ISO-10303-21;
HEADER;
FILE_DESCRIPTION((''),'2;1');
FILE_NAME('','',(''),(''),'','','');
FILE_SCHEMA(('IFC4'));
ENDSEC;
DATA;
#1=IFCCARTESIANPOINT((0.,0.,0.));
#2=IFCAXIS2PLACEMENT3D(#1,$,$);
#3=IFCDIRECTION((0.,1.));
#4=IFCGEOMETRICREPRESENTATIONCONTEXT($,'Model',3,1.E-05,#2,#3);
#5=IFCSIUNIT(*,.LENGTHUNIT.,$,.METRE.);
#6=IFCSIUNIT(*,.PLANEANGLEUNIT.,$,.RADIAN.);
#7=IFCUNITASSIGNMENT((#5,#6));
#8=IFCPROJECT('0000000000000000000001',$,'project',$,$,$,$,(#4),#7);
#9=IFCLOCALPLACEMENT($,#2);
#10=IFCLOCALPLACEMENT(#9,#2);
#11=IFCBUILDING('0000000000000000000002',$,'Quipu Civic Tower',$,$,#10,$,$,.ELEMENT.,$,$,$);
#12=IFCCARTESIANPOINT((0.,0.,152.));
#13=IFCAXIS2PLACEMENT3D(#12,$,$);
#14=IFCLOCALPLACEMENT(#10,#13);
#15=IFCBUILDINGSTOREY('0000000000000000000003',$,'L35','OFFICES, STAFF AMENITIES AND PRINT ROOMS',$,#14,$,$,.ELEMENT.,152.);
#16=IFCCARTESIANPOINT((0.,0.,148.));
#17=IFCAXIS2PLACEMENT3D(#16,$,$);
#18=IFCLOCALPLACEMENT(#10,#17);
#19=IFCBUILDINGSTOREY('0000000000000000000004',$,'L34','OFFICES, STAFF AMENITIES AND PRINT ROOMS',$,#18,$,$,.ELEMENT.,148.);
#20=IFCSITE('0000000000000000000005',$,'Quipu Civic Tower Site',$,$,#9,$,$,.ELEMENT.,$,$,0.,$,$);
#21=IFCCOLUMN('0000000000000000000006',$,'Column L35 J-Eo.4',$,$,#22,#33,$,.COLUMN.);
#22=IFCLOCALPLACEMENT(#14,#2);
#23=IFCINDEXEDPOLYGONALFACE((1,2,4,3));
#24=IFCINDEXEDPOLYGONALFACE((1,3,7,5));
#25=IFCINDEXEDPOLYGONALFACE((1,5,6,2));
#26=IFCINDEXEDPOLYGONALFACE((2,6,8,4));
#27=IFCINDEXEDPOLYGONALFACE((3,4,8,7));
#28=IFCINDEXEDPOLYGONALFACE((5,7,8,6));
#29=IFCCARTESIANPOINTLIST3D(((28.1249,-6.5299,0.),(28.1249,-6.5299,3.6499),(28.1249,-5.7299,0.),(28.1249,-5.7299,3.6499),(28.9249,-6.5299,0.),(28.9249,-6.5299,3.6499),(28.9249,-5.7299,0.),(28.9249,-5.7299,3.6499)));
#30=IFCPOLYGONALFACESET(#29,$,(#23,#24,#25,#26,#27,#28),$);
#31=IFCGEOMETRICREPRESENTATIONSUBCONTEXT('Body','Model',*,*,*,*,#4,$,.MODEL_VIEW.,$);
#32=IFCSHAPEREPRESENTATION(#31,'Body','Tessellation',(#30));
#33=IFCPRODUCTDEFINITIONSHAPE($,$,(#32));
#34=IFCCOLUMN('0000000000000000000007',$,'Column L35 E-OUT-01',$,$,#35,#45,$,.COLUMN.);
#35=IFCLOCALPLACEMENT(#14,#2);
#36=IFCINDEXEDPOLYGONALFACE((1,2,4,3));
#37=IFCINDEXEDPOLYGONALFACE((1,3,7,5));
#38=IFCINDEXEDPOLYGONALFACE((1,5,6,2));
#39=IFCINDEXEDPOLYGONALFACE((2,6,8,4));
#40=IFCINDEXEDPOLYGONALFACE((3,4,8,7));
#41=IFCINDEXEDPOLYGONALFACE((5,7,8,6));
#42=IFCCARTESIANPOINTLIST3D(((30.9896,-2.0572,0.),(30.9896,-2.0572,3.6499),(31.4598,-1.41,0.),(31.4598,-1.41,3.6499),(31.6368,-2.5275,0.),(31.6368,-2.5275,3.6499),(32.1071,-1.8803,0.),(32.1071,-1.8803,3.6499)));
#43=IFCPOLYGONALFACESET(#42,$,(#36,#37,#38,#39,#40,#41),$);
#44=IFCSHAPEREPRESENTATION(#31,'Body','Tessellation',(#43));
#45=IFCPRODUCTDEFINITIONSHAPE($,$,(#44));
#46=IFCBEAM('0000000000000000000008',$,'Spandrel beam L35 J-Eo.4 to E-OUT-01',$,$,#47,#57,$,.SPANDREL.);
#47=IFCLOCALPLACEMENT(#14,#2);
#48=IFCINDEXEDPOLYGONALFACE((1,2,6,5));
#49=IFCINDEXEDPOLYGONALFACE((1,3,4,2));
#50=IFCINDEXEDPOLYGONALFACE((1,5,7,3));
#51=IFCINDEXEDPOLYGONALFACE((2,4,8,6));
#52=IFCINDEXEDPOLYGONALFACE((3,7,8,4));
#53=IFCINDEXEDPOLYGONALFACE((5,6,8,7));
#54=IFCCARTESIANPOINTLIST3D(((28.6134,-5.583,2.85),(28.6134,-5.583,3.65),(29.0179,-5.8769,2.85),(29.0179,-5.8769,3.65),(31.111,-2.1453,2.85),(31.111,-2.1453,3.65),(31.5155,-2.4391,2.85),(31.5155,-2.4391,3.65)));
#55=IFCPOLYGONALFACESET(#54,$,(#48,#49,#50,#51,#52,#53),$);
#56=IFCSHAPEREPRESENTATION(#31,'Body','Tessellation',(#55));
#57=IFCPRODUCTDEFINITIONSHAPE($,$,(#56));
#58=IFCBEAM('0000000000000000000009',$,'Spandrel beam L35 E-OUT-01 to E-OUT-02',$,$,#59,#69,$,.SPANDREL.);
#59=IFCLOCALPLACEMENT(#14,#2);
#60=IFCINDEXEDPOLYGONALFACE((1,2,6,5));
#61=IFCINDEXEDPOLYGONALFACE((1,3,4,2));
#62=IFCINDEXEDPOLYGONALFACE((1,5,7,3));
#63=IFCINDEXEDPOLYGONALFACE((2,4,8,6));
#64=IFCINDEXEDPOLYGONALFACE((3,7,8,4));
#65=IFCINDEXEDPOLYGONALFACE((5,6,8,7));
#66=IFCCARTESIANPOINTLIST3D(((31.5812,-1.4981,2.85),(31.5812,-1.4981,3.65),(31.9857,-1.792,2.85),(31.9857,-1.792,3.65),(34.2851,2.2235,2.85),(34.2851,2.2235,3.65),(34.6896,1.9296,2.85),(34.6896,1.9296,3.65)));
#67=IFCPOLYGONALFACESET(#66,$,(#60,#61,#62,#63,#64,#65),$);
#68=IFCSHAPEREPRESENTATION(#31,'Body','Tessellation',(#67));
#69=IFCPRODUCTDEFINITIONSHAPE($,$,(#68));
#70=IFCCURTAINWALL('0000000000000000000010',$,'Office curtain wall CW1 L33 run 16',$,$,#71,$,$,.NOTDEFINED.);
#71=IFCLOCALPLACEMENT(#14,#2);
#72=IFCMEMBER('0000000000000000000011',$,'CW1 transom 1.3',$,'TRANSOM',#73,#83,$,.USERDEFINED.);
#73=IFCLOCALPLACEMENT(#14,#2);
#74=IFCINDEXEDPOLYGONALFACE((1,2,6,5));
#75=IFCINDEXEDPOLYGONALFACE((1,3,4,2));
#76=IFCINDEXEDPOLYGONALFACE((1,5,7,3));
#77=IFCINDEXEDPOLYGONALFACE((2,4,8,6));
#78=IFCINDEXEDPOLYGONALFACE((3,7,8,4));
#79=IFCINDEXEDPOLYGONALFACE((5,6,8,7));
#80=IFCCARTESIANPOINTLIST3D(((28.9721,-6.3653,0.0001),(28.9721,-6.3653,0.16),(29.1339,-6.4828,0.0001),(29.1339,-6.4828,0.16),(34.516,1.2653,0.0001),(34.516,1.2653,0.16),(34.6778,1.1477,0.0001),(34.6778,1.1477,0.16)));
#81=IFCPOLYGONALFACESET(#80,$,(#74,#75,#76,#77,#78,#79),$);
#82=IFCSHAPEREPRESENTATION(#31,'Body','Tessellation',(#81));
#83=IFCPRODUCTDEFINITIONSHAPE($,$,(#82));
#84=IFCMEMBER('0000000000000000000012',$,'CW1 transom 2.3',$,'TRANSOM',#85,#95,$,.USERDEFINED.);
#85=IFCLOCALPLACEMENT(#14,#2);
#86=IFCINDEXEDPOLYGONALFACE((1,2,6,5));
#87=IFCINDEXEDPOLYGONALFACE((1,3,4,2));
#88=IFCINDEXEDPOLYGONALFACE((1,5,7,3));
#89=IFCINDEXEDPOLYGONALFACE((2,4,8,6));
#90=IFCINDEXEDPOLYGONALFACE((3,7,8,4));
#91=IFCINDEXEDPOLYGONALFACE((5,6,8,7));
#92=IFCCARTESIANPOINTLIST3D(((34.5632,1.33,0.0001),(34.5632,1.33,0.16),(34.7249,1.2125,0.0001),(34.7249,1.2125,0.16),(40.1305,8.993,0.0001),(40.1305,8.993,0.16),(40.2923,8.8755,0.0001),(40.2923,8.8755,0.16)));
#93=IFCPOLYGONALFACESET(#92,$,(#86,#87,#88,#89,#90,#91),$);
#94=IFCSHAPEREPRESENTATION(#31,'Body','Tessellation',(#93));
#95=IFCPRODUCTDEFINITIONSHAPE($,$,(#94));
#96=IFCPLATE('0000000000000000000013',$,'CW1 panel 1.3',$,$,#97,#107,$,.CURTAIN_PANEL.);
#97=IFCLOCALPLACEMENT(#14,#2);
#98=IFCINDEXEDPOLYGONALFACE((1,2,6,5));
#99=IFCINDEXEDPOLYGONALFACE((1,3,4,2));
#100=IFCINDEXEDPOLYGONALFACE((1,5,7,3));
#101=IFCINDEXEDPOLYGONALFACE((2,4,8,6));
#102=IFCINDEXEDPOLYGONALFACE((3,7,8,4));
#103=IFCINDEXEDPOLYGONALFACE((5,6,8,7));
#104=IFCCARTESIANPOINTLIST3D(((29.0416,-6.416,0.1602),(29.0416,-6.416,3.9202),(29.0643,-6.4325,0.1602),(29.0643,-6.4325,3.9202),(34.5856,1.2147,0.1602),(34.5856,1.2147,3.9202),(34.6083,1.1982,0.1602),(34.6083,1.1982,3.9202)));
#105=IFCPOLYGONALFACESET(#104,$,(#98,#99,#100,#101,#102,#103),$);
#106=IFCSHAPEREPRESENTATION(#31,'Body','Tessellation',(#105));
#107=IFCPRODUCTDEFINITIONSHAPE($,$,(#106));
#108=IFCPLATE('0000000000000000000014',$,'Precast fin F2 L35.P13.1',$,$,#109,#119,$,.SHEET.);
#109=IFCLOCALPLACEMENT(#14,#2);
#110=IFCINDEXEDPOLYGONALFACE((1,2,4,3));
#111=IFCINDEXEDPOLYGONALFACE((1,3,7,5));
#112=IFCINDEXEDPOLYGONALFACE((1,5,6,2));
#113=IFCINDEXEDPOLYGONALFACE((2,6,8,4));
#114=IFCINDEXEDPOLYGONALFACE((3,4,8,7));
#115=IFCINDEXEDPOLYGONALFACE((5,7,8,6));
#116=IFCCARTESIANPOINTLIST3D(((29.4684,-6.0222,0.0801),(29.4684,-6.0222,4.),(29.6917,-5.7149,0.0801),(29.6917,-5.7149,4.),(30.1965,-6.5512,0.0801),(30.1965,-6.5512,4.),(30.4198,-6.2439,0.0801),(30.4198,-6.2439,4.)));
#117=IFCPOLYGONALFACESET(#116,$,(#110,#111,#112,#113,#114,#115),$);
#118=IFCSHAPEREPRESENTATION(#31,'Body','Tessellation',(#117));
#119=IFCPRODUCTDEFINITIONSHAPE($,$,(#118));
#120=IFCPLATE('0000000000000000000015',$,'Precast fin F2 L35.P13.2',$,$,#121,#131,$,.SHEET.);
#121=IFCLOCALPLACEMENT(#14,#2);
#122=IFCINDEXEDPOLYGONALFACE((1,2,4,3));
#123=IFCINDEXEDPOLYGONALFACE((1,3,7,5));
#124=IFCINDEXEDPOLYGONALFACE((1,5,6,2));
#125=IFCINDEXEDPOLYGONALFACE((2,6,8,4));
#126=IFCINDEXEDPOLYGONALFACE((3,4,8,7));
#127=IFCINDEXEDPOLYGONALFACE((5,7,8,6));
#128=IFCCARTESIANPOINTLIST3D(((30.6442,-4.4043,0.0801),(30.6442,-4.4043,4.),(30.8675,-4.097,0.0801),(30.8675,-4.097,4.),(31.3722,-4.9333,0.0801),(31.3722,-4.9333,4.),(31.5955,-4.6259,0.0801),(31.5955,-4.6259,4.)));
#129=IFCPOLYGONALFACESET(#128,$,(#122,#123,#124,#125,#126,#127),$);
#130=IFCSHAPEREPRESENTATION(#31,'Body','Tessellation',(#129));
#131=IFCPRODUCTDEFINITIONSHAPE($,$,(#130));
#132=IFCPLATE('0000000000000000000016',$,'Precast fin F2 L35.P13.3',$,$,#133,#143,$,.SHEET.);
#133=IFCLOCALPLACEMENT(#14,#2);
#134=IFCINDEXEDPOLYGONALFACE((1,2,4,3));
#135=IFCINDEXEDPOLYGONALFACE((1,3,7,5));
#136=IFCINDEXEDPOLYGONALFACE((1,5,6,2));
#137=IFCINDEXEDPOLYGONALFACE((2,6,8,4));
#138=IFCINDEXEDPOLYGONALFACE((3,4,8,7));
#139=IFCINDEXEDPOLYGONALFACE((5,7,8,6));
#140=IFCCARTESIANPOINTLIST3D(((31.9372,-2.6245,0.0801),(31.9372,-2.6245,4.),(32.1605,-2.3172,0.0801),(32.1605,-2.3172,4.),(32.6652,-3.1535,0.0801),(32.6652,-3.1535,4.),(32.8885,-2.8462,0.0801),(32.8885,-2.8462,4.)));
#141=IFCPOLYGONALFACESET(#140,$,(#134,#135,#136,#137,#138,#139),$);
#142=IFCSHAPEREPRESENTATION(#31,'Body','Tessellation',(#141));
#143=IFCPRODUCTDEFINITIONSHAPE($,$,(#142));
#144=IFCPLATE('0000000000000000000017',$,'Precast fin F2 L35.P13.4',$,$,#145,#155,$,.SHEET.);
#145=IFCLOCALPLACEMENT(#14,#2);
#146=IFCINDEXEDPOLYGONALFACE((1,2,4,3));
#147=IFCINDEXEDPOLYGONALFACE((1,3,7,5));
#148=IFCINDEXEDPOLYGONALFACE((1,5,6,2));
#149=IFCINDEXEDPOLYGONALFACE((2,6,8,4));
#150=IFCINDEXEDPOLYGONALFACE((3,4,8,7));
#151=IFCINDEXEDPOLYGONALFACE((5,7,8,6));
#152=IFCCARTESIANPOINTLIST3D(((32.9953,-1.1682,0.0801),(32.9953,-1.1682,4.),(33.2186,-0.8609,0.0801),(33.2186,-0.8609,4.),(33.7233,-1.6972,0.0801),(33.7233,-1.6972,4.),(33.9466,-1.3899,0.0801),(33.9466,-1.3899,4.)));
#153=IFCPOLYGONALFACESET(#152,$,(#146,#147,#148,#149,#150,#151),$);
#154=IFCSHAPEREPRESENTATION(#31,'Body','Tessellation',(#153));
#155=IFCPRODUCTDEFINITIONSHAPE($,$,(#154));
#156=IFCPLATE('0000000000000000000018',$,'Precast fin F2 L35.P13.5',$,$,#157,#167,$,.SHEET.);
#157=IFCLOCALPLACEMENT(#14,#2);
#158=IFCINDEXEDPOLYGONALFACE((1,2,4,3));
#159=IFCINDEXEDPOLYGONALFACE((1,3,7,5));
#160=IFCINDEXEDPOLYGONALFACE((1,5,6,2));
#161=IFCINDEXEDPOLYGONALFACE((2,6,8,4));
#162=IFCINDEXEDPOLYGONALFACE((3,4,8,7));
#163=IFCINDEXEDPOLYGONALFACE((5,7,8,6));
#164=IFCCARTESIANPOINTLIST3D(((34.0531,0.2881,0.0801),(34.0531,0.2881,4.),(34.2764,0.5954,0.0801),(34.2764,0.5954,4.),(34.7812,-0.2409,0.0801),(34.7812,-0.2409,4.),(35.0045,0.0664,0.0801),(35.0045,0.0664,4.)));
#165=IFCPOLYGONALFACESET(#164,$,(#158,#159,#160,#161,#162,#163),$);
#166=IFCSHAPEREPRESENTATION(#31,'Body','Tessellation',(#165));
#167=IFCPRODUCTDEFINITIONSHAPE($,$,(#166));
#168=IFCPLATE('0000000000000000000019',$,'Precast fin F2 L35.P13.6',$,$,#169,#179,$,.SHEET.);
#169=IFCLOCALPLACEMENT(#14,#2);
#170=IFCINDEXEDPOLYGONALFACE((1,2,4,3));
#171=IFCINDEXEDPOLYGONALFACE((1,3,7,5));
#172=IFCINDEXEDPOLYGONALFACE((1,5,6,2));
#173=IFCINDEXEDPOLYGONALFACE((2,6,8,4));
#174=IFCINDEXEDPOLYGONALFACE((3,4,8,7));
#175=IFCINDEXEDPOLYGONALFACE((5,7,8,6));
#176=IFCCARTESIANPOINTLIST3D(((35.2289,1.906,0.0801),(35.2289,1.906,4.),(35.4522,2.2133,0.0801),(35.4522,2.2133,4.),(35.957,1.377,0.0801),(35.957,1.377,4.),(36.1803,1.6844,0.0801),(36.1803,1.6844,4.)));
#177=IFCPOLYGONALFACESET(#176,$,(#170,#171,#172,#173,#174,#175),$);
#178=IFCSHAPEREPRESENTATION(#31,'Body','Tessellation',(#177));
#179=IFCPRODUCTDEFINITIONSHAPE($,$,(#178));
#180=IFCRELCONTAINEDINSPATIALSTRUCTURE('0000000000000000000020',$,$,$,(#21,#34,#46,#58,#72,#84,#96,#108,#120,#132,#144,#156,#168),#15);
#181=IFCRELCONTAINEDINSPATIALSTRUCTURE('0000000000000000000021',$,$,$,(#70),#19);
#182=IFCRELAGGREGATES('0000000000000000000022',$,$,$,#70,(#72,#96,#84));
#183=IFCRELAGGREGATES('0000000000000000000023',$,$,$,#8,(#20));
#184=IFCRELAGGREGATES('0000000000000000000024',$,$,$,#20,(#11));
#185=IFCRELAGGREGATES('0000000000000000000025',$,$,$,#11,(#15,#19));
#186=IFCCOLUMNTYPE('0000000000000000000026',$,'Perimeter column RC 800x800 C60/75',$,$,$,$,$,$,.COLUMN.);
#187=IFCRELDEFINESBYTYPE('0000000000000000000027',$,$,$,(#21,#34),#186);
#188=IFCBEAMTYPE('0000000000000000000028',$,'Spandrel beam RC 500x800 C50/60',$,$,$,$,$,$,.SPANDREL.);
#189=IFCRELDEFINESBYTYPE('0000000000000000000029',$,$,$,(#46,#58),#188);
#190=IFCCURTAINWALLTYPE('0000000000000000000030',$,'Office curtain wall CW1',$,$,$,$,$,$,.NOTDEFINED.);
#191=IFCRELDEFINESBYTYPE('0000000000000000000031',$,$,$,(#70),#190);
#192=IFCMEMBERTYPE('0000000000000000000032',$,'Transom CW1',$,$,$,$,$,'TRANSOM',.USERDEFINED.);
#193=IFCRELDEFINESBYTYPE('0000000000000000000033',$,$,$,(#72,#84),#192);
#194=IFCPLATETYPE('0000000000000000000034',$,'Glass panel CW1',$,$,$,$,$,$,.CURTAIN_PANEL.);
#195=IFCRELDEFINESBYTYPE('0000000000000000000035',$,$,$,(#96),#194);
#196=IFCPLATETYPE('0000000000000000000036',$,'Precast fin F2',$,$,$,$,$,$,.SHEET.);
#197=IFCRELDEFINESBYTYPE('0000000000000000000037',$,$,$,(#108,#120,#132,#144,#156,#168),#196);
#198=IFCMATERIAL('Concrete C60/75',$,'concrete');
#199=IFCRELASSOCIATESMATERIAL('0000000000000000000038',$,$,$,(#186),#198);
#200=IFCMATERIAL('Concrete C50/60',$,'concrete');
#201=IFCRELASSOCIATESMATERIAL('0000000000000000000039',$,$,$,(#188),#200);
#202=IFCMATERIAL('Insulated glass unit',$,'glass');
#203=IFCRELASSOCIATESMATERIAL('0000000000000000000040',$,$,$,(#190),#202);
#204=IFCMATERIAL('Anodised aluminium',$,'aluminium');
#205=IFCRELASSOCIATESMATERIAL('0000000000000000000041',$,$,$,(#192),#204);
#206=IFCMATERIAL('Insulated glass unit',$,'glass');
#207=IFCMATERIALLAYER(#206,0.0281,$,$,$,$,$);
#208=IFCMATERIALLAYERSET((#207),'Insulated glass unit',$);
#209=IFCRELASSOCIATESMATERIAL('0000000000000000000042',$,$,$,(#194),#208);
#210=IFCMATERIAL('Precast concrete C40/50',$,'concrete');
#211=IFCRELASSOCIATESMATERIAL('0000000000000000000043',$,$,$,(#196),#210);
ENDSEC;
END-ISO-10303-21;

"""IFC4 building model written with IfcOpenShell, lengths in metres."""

from ifc_helpers import new_model, si_unit, direction, frame, origin, origin_2d, place, context, subcontext, project, spatial, rectangle, extrude, material, layer, layer_set, material_profile, profile_set, type_object, element, aggregate, save


model = new_model("IFC4")

# Units and contexts
model_context = context("Model", 3, precision=1e-05, world=origin(), true_north=direction((0.0, 1.0)))
body_context = subcontext(model_context, "Body", "Model", "MODEL_VIEW")
ifc_project = project(units=[si_unit("LENGTHUNIT", "METRE"), si_unit("PLANEANGLEUNIT", "RADIAN")], contexts=[model_context])

# Site, building, storey
site_placement = place(None, origin())
site = spatial("IfcSite", under=ifc_project, at=site_placement, Name="Quipu Civic Tower Site", CompositionType="ELEMENT", RefElevation=0.0)
building_placement = place(site_placement, origin())
building = spatial("IfcBuilding", under=site, at=building_placement, Name="Quipu Civic Tower", CompositionType="ELEMENT")
storey_1_placement = place(building_placement, frame((0.0, 0.0, 152.0)))
storey_1 = spatial("IfcBuildingStorey", under=building, at=storey_1_placement, Name="L35", Description="OFFICES, STAFF AMENITIES AND PRINT ROOMS", CompositionType="ELEMENT", Elevation=152.0)

# Columns
ifc_material_1 = material(Name="Concrete C60/75", Category="concrete")
ifc_material_profile_1 = material_profile(ifc_material_1, rectangle(XDim=0.8, YDim=0.8, at=origin_2d()), Name="RC800x800")
ifc_profile_set_1 = profile_set([ifc_material_profile_1], Name="Concrete C60/75")
column_type = type_object("IfcColumnType", Name="Perimeter column RC 800x800 C60/75", PredefinedType="COLUMN", material=ifc_profile_set_1)
for number, where, z_axis, x_axis, name in (
    (1, (28.5249, -6.1299, 0.0), (0.0, 0.0, 1.0), (1.0, 0.0, 0.0), "Column L35 J-Eo.4"),
    (2, (31.5483, -1.9688, 0.0), (0.0, 0.0, 1.0), (0.587785, 0.809017, 0.0), "Column L35 E-OUT-01"),
):
    element("IfcColumn", number, at=place(storey_1_placement, frame(where, z_axis=z_axis, x_axis=x_axis)), inside=storey_1, type_object=column_type, Name=name, PredefinedType="COLUMN", context=body_context, shape_type="SweptSolid", body=[
        extrude(rectangle(XDim=0.8, YDim=0.8, at=origin_2d()), origin(), (0.0, 0.0, 1.0), 3.6499),
    ])

# Beams
ifc_material_2 = material(Name="Concrete C50/60", Category="concrete")
ifc_material_profile_2 = material_profile(ifc_material_2, rectangle(XDim=0.5, YDim=0.8, at=origin_2d()), Name="RC500x800")
ifc_profile_set_2 = profile_set([ifc_material_profile_2], Name="Concrete C50/60")
beam_type = type_object("IfcBeamType", Name="Spandrel beam RC 500x800 C50/60", PredefinedType="SPANDREL", material=ifc_profile_set_2)
beam_1_placement = place(storey_1_placement, frame((28.8157, -5.73, 3.25), z_axis=(0.587769, 0.809029, 0.0), x_axis=(-0.809029, 0.587769, 0.0)))
element("IfcBeam", 3, at=beam_1_placement, inside=storey_1, type_object=beam_type, Name="Spandrel beam L35 J-Eo.4 to E-OUT-01", PredefinedType="SPANDREL", context=body_context, shape_type="SweptSolid", body=[
    extrude(rectangle(XDim=0.5, YDim=0.8, at=origin_2d()), origin(), (0.0, 0.0, 1.0), 4.2493),
])
beam_2_placement = place(storey_1_placement, frame((31.7834, -1.645, 3.25), z_axis=(0.587796, 0.809009, 0.0), x_axis=(-0.809009, 0.587796, 0.0)))
element("IfcBeam", 4, at=beam_2_placement, inside=storey_1, type_object=beam_type, Name="Spandrel beam L35 E-OUT-01 to E-OUT-02", PredefinedType="SPANDREL", context=body_context, shape_type="SweptSolid", body=[
    extrude(rectangle(XDim=0.5, YDim=0.8, at=origin_2d()), origin(), (0.0, 0.0, 1.0), 4.6001),
])

# Shared definitions
storey_2_placement = place(building_placement, frame((0.0, 0.0, 148.0)))
storey_2 = spatial("IfcBuildingStorey", under=building, at=storey_2_placement, Name="L34", Description="OFFICES, STAFF AMENITIES AND PRINT ROOMS", CompositionType="ELEMENT", Elevation=148.0)

# Curtain wall, members, plate
ifc_material_3 = material(Name="Insulated glass unit", Category="glass")
curtain_wall_type = type_object("IfcCurtainWallType", Name="Office curtain wall CW1", PredefinedType="NOTDEFINED", material=ifc_material_3)
curtain_wall_placement = place(storey_2_placement, origin())
curtain_wall = element("IfcCurtainWall", 5, at=curtain_wall_placement, inside=storey_2, type_object=curtain_wall_type, Name="Office curtain wall CW1 L33 run 16", PredefinedType="NOTDEFINED")
ifc_material_4 = material(Name="Anodised aluminium", Category="aluminium")
ifc_material_profile_3 = material_profile(ifc_material_4, rectangle(XDim=0.2, YDim=0.1599, at=origin_2d()), Name="RECT 200x160")
ifc_profile_set_3 = profile_set([ifc_material_profile_3], Name="Anodised aluminium")
member_type = type_object("IfcMemberType", Name="Transom CW1", ElementType="TRANSOM", PredefinedType="USERDEFINED", material=ifc_profile_set_3)
member_1_placement = place(storey_1_placement, frame((29.053, -6.4241, 0.0801), z_axis=(0.587784, 0.809018, 0.0), x_axis=(-0.809018, 0.587784, 0.0)))
member_1 = element("IfcMember", 6, at=member_1_placement, inside=storey_1, type_object=member_type, Name="CW1 transom 1.3", ObjectType="TRANSOM", PredefinedType="USERDEFINED", context=body_context, shape_type="SweptSolid", body=[
    extrude(rectangle(XDim=0.2, YDim=0.1599, at=origin_2d()), origin(), (0.0, 0.0, 1.0), 9.4319),
])
member_2_placement = place(storey_1_placement, frame((34.644, 1.2712, 0.0801), z_axis=(0.587773, 0.809026, 0.0), x_axis=(-0.809026, 0.587773, 0.0)))
member_2 = element("IfcMember", 7, at=member_2_placement, inside=storey_1, type_object=member_type, Name="CW1 transom 2.3", ObjectType="TRANSOM", PredefinedType="USERDEFINED", context=body_context, shape_type="SweptSolid", body=[
    extrude(rectangle(XDim=0.2, YDim=0.1599, at=origin_2d()), origin(), (0.0, 0.0, 1.0), 9.4719),
])
ifc_material_5 = material(Name="Insulated glass unit", Category="glass")
ifc_layer = layer(ifc_material_5, 0.0281)
ifc_layer_set = layer_set([ifc_layer], Name="Insulated glass unit")
plate_type_1 = type_object("IfcPlateType", Name="Glass panel CW1", PredefinedType="CURTAIN_PANEL", material=ifc_layer_set)
plate_placement = place(storey_1_placement, frame((31.825, -2.6089, 0.1602), z_axis=(0.0, 0.0, 1.0), x_axis=(0.587786, 0.809017, 0.0)))
plate = element("IfcPlate", 8, at=plate_placement, inside=storey_1, type_object=plate_type_1, Name="CW1 panel 1.3", PredefinedType="CURTAIN_PANEL", context=body_context, shape_type="SweptSolid", body=[
    extrude(rectangle(XDim=9.4321, YDim=0.0281, at=origin_2d()), origin(), (0.0, 0.0, 1.0), 3.76),
])
aggregate(curtain_wall, [member_1, plate, member_2])

# Plates
ifc_material_6 = material(Name="Precast concrete C40/50", Category="concrete")
plate_type_2 = type_object("IfcPlateType", Name="Precast fin F2", PredefinedType="SHEET", material=ifc_material_6)
for number, where, z_axis, x_axis, name in (
    (9, (29.9441, -6.1331, 0.0801), (0.0, 0.0, 1.0), (0.587786, 0.809017, 0.0), "Precast fin F2 L35.P13.1"),
    (10, (31.1199, -4.5151, 0.0801), (0.0, 0.0, 1.0), (0.587786, 0.809017, 0.0), "Precast fin F2 L35.P13.2"),
    (11, (32.4128, -2.7354, 0.0801), (0.0, 0.0, 1.0), (0.587786, 0.809017, 0.0), "Precast fin F2 L35.P13.3"),
    (12, (33.4709, -1.2791, 0.0801), (0.0, 0.0, 1.0), (0.587786, 0.809017, 0.0), "Precast fin F2 L35.P13.4"),
    (13, (34.5288, 0.1772, 0.0801), (0.0, 0.0, 1.0), (0.587786, 0.809017, 0.0), "Precast fin F2 L35.P13.5"),
    (14, (35.7046, 1.7952, 0.0801), (0.0, 0.0, 1.0), (0.587786, 0.809017, 0.0), "Precast fin F2 L35.P13.6"),
):
    element("IfcPlate", number, at=place(storey_1_placement, frame(where, z_axis=z_axis, x_axis=x_axis)), inside=storey_1, type_object=plate_type_2, Name=name, PredefinedType="SHEET", context=body_context, shape_type="SweptSolid", body=[
        extrude(rectangle(XDim=0.3799, YDim=0.8999, at=origin_2d()), origin(), (0.0, 0.0, 1.0), 3.9199),
    ])

save(model, "model.ifc")
